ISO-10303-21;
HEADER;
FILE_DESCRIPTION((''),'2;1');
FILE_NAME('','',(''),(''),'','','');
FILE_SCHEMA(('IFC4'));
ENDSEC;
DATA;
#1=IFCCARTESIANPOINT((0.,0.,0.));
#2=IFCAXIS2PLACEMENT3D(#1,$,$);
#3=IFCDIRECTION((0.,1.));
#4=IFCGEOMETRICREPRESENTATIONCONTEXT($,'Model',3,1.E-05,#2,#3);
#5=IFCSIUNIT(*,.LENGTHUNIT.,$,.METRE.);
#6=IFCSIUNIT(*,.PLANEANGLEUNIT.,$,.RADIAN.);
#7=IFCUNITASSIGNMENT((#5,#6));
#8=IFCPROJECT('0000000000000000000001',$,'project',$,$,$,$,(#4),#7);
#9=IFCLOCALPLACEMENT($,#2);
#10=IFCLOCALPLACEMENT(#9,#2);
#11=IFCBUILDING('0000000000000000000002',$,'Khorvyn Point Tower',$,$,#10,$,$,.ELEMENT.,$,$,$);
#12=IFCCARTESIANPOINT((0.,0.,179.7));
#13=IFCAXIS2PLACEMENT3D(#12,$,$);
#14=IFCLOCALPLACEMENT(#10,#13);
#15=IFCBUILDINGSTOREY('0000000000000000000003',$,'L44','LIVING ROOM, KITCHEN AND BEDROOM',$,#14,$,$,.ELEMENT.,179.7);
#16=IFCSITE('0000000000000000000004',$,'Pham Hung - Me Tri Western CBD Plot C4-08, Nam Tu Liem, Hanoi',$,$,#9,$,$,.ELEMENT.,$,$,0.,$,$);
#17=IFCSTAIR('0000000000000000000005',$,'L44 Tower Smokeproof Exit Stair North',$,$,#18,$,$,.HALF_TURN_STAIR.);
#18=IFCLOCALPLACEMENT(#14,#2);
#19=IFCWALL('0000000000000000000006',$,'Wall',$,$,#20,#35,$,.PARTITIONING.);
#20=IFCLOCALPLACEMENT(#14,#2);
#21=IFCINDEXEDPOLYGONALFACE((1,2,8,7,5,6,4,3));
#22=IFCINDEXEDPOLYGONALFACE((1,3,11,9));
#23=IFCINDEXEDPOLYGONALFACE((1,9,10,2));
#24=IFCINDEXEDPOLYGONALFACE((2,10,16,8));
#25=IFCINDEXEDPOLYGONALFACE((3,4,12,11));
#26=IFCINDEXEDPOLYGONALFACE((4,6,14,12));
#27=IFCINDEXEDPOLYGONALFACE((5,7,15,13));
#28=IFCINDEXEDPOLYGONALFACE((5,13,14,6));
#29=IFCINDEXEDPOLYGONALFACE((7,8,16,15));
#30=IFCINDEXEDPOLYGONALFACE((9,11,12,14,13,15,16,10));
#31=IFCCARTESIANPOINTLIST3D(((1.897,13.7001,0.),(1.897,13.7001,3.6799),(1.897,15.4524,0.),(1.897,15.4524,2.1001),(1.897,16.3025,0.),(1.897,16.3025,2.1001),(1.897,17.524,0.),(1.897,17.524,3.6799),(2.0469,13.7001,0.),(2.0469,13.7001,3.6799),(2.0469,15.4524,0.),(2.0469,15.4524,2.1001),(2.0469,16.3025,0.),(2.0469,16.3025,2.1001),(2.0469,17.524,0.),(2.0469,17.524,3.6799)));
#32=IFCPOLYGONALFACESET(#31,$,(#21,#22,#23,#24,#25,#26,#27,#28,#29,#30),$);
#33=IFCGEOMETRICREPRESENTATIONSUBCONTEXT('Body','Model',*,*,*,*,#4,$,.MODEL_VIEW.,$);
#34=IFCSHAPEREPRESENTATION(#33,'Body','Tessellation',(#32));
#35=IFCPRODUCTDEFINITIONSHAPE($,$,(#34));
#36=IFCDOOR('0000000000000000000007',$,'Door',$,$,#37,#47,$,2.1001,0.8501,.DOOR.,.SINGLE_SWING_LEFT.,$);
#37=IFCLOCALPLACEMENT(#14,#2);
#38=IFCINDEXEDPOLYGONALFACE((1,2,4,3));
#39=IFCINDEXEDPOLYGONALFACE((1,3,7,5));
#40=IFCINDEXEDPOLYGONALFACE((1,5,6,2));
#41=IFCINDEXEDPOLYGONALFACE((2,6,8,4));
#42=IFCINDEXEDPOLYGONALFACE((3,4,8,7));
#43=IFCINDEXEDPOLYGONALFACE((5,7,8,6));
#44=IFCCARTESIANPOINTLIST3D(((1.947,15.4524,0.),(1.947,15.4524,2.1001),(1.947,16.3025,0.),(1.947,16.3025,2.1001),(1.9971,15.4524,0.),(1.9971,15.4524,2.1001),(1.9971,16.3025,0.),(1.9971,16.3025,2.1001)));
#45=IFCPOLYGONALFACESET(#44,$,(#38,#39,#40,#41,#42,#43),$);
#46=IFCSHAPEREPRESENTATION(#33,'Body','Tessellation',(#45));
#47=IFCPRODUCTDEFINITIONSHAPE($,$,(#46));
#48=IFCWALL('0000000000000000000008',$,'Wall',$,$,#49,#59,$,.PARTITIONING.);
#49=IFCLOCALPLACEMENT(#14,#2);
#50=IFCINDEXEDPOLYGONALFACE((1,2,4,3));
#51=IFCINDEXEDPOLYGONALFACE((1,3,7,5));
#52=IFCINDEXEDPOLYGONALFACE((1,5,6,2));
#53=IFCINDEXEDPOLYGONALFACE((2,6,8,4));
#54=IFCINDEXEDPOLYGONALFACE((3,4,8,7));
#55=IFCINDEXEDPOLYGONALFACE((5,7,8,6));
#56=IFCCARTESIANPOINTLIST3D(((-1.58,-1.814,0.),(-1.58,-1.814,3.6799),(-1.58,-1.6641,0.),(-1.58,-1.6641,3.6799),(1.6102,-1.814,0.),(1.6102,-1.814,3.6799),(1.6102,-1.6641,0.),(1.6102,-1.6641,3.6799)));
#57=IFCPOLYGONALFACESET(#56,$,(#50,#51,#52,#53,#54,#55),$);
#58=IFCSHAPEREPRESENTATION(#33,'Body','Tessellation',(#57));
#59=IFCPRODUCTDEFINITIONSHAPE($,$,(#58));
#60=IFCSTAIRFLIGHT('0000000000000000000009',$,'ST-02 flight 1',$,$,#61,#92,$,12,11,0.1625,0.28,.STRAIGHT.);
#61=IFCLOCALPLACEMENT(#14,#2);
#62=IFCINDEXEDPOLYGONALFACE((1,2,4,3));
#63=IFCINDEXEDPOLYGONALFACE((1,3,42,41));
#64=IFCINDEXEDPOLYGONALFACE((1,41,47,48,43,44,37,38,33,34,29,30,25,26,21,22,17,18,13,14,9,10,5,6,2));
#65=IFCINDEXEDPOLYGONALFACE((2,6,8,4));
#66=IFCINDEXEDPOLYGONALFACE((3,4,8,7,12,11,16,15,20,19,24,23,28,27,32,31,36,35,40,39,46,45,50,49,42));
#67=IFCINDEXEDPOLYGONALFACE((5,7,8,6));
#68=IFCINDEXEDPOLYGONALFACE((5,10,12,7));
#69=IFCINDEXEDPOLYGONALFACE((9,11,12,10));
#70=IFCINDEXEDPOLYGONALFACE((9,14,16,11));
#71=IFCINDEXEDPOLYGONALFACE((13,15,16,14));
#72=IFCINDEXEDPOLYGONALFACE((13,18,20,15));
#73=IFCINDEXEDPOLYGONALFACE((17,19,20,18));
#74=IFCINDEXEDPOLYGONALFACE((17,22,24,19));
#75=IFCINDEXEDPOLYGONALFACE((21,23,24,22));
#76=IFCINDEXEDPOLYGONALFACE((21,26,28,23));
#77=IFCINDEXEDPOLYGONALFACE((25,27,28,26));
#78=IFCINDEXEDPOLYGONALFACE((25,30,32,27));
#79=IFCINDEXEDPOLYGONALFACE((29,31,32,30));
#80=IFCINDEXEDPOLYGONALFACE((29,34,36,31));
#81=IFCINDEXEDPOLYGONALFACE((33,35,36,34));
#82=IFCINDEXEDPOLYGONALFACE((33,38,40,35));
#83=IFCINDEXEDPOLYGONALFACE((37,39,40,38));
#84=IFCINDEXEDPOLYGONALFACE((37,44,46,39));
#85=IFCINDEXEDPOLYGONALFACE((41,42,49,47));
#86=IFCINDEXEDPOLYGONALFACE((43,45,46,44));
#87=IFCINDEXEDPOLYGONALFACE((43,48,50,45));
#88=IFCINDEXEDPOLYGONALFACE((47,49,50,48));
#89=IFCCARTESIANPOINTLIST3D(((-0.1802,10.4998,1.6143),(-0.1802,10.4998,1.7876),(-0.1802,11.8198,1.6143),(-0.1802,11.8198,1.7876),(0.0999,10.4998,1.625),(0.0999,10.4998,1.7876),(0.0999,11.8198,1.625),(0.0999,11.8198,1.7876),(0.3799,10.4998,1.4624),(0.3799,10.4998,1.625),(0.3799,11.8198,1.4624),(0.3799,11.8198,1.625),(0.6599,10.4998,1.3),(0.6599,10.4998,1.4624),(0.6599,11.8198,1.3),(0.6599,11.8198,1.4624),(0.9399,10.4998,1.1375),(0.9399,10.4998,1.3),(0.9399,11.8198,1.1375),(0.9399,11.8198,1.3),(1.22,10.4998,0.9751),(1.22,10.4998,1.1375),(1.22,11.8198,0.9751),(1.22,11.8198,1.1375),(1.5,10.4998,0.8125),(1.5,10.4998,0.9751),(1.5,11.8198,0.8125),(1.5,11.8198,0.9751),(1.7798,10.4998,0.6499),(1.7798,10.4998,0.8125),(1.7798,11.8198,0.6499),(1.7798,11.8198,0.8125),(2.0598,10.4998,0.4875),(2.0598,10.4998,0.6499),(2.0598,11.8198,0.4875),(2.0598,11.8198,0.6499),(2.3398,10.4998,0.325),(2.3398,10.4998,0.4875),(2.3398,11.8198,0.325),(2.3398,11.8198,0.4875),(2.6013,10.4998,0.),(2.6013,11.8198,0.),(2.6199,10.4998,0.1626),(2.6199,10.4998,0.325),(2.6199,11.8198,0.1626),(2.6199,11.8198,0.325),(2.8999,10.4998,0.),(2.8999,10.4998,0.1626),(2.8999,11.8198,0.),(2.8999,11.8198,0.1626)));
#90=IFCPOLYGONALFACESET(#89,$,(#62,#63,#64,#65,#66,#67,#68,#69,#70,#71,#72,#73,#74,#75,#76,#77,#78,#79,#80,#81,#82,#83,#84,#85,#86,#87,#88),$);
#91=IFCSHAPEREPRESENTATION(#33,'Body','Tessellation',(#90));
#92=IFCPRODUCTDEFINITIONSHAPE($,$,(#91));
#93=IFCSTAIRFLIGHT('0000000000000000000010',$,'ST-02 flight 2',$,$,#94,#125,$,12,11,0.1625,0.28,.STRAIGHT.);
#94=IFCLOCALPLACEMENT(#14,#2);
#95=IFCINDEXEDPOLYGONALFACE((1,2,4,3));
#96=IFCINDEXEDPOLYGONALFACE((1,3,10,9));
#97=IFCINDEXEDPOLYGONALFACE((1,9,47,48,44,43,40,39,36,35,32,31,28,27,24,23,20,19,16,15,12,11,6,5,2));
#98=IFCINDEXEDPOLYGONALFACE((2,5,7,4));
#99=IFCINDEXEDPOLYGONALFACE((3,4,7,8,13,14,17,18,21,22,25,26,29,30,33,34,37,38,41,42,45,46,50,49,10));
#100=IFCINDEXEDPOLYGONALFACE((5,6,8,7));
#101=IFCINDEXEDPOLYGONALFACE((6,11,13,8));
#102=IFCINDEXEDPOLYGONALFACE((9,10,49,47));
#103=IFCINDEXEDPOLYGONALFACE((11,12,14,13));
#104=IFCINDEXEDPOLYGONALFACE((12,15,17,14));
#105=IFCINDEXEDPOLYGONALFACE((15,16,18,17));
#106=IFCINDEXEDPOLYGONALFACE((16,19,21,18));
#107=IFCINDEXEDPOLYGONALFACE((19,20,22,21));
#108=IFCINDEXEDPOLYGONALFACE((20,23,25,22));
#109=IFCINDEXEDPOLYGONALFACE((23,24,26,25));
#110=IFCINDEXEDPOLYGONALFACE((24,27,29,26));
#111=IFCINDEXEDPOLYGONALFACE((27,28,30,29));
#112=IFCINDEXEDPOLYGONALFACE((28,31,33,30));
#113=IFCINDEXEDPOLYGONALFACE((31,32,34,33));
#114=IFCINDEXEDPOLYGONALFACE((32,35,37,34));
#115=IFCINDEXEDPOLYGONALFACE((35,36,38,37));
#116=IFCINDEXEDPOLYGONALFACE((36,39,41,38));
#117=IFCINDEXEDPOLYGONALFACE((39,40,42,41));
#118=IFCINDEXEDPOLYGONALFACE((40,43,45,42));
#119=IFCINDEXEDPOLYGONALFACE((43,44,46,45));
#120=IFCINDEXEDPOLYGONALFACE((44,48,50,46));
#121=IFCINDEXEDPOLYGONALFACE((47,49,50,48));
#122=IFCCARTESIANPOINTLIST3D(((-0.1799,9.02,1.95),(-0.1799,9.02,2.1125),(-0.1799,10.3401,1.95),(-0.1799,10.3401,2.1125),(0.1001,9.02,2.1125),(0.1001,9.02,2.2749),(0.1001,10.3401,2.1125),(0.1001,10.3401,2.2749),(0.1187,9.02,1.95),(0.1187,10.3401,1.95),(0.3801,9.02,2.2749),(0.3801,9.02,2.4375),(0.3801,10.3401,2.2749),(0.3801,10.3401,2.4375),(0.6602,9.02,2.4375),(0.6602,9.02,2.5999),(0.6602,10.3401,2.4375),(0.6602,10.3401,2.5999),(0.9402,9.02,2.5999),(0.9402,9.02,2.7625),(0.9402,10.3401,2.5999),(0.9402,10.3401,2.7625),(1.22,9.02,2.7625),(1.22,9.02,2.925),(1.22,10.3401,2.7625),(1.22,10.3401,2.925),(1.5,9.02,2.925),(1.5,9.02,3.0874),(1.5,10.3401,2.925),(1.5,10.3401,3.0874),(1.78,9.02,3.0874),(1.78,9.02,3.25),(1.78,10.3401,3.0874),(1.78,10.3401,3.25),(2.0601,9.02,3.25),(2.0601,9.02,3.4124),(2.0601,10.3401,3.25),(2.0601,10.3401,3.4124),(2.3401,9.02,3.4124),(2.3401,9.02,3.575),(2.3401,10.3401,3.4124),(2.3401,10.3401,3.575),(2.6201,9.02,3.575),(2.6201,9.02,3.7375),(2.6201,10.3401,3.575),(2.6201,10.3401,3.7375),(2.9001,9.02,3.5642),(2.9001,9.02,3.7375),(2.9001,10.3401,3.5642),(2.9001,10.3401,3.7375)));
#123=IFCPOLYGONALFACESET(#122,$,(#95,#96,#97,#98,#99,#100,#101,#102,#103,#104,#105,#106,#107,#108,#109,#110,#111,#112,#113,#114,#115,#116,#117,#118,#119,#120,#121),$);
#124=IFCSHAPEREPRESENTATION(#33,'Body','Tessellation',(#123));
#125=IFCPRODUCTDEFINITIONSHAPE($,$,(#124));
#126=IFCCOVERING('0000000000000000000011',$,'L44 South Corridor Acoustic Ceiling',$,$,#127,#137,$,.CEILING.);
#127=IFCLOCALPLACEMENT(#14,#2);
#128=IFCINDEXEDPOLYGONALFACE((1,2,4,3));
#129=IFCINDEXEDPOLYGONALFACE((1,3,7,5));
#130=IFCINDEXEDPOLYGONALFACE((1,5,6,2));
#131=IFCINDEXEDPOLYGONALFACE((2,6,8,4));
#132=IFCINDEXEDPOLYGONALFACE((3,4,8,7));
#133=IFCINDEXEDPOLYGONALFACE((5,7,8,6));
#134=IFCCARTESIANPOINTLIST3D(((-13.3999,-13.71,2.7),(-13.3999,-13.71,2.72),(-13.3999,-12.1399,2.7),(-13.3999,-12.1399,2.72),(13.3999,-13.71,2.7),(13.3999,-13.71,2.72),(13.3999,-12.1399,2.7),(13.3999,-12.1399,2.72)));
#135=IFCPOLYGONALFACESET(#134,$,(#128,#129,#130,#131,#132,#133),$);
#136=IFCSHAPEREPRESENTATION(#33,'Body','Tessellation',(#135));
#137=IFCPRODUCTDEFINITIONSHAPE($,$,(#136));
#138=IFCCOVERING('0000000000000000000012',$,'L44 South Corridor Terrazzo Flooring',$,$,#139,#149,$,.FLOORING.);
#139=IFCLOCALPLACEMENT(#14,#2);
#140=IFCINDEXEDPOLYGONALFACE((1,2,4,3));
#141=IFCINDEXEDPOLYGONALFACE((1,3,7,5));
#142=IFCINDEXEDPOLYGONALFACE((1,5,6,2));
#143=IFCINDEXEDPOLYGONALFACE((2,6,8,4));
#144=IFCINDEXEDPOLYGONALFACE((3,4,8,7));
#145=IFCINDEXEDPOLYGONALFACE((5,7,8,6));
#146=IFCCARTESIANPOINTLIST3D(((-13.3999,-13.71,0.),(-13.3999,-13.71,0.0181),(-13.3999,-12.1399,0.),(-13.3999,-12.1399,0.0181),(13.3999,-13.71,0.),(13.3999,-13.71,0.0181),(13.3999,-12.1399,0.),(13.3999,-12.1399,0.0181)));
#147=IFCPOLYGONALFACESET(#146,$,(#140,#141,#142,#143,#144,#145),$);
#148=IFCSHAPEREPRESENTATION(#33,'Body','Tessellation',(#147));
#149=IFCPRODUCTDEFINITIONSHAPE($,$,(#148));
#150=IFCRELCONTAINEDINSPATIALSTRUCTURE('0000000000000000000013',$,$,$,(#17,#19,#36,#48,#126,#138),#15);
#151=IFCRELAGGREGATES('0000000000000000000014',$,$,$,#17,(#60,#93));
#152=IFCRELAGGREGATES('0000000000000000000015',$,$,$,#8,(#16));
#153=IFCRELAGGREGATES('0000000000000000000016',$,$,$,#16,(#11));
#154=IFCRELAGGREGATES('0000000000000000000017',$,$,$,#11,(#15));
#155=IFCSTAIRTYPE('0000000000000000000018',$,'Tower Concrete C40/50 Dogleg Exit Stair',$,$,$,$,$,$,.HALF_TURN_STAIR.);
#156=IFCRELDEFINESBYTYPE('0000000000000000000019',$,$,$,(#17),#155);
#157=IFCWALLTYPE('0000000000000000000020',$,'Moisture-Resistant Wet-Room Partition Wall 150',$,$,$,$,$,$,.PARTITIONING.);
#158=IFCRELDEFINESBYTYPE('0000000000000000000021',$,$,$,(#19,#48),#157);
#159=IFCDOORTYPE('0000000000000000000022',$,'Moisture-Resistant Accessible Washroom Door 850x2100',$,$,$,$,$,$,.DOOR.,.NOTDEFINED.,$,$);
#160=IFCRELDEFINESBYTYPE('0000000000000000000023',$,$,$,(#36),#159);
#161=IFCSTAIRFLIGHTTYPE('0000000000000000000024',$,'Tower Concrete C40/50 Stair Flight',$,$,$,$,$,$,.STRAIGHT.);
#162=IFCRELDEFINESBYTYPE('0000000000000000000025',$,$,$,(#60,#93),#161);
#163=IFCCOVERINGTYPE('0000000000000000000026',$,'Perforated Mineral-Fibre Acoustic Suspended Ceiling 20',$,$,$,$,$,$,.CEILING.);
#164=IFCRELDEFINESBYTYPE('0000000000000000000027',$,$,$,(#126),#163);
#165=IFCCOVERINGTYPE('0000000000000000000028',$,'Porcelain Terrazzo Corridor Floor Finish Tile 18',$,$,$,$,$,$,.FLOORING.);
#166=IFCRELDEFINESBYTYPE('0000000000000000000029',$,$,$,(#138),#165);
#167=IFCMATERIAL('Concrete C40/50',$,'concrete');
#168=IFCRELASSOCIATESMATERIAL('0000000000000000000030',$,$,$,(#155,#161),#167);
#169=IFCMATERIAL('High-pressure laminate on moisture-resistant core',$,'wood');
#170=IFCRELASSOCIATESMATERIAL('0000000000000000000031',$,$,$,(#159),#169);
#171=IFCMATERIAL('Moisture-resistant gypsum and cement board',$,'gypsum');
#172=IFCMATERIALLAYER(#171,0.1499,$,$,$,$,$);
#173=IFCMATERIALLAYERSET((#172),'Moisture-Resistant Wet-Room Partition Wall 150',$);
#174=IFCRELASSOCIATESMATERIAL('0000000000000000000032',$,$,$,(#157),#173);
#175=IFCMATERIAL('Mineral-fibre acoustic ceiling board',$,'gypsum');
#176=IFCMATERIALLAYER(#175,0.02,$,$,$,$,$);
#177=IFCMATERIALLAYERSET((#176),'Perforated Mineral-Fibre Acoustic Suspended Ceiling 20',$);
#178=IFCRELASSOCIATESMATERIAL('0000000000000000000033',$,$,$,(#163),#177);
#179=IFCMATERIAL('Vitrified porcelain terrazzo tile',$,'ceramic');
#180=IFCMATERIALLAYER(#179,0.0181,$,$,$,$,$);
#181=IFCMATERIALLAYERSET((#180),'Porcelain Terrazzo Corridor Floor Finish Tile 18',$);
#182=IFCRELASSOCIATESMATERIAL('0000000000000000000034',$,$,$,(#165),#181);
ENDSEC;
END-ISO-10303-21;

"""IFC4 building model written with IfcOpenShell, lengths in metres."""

from ifc_helpers import new_model, si_unit, direction, frame, frame_2d, origin, place, context, subcontext, project, spatial, polyline, rectangle, outline, extrude, material, layer, layer_set, type_object, element, fill, aggregate, save


model = new_model("IFC4")

# Units and contexts
model_context = context("Model", 3, precision=1e-05, world=origin(), true_north=direction((0.0, 1.0)))
body_context = subcontext(model_context, "Body", "Model", "MODEL_VIEW")
ifc_project = project(units=[si_unit("LENGTHUNIT", "METRE"), si_unit("PLANEANGLEUNIT", "RADIAN")], contexts=[model_context])

# Site, building, storey
site_placement = place(None, origin())
site = spatial("IfcSite", under=ifc_project, at=site_placement, Name="Pham Hung - Me Tri Western CBD Plot C4-08, Nam Tu Liem, Hanoi", CompositionType="ELEMENT", RefElevation=0.0)
building_placement = place(site_placement, origin())
building = spatial("IfcBuilding", under=site, at=building_placement, Name="Khorvyn Point Tower", CompositionType="ELEMENT")
storey_placement = place(building_placement, frame((0.0, 0.0, 179.7)))
storey = spatial("IfcBuildingStorey", under=building, at=storey_placement, Name="L44", Description="LIVING ROOM, KITCHEN AND BEDROOM", CompositionType="ELEMENT", Elevation=179.7)

# Shared definitions
ifc_material_1 = material(Name="Concrete C40/50", Category="concrete")

# Stair
stair_type = type_object("IfcStairType", Name="Tower Concrete C40/50 Dogleg Exit Stair", PredefinedType="HALF_TURN_STAIR", material=ifc_material_1)
stair_1_placement = place(storey_placement, origin())
stair_1 = element("IfcStair", 1, at=stair_1_placement, inside=storey, type_object=stair_type, Name="L44 Tower Smokeproof Exit Stair North", PredefinedType="HALF_TURN_STAIR")

# Shared definitions
ifc_material_2 = material(Name="High-pressure laminate on moisture-resistant core", Category="wood")
door_type_1 = type_object("IfcDoorType", Name="Moisture-Resistant Accessible Washroom Door 850x2100", OperationType="NOTDEFINED", PredefinedType="DOOR", material=ifc_material_2)

# Wall, opening, door
ifc_material_3 = material(Name="Moisture-resistant gypsum and cement board", Category="gypsum")
ifc_layer_1 = layer(ifc_material_3, 0.1499)
ifc_layer_set_1 = layer_set([ifc_layer_1], Name="Moisture-Resistant Wet-Room Partition Wall 150")
wall_type_1 = type_object("IfcWallType", Name="Moisture-Resistant Wet-Room Partition Wall 150", PredefinedType="PARTITIONING", material=ifc_layer_set_1)
wall_1_placement = place(storey_placement, frame((1.9719, 13.7, 0.0), z_axis=(0.0, 0.0, 1.0), x_axis=(0.0, 1.0, 0.0)))
wall_1 = element("IfcWall", 2, at=wall_1_placement, inside=storey, type_object=wall_type_1, Name="Wall", PredefinedType="PARTITIONING", context=body_context, shape_type="SweptSolid", body=[
    extrude(rectangle(XDim=3.824, YDim=0.1499, at=frame_2d((1.9121, 0.0))), origin(), (0.0, 0.0, 1.0), 3.6799),
])
opening_1_placement = place(wall_1_placement, frame((1.7524, 0.0, 0.0)))
opening_1 = element("IfcOpeningElement", 3, at=opening_1_placement, cuts=wall_1, PredefinedType="OPENING", context=body_context, shape_type="SweptSolid", body=[
    extrude(rectangle(XDim=0.8501, YDim=2.1001, at=frame_2d((0.425, 1.05))), frame((0.0, 0.085, 0.0), z_axis=(0.0, -1.0, 0.0), x_axis=(1.0, 0.0, 0.0)), (0.0, 0.0, 1.0), 0.1699),
])
door_1_placement = place(opening_1_placement, origin())
door_1 = element("IfcDoor", 4, at=door_1_placement, inside=storey, type_object=door_type_1, Name="Door", OperationType="SINGLE_SWING_LEFT", OverallHeight=2.1001, OverallWidth=0.8501, PredefinedType="DOOR", context=body_context, shape_type="SweptSolid", body=[
    extrude(rectangle(XDim=0.8501, YDim=2.1001, at=frame_2d((0.425, 1.05))), frame((0.0, 0.0249, 0.0), z_axis=(0.0, -1.0, 0.0), x_axis=(1.0, 0.0, 0.0)), (0.0, 0.0, 1.0), 0.05),
])
fill(opening_1, door_1)

# Wall
wall_2_placement = place(storey_placement, frame((-1.5801, -1.739, 0.0), z_axis=(0.0, 0.0, 1.0), x_axis=(1.0, 0.0, 0.0)))
element("IfcWall", 5, at=wall_2_placement, inside=storey, type_object=wall_type_1, Name="Wall", PredefinedType="PARTITIONING", context=body_context, shape_type="SweptSolid", body=[
    extrude(rectangle(XDim=3.1902, YDim=0.1499, at=frame_2d((1.5952, 0.0))), origin(), (0.0, 0.0, 1.0), 3.6799),
])

# Stair flights
stair_flight_type = type_object("IfcStairFlightType", Name="Tower Concrete C40/50 Stair Flight", PredefinedType="STRAIGHT", material=ifc_material_1)
stair_flight_1_placement = place(storey_placement, frame((2.8999, 11.1599, 0.0), z_axis=(0.0, 0.0, 1.0), x_axis=(-1.0, 0.0, 0.0)))
stair_flight_1 = element("IfcStairFlight", 6, at=stair_flight_1_placement, type_object=stair_flight_type, Name="ST-02 flight 1", NumberOfRisers=12, NumberOfTreads=11, PredefinedType="STRAIGHT", RiserHeight=0.1625, TreadLength=0.28, context=body_context, shape_type="SweptSolid", body=[
    extrude(outline(polyline([(0.0, 0.0), (0.0, 0.1626), (0.28, 0.1626), (0.28, 0.325), (0.5601, 0.325), (0.5601, 0.4875), (0.8401, 0.4875), (0.8401, 0.6499), (1.1201, 0.6499), (1.1201, 0.8125), (1.3999, 0.8125), (1.3999, 0.9751), (1.6799, 0.9751), (1.6799, 1.1375), (1.96, 1.1375), (1.96, 1.3), (2.24, 1.3), (2.24, 1.4624), (2.52, 1.4624), (2.52, 1.625), (2.8, 1.625), (2.8, 1.7876), (3.0801, 1.7876), (3.0801, 1.95), (3.0801, 1.6143), (0.2986, 0.0), (0.0, 0.0)])), frame((0.0, 0.6602, 0.0), z_axis=(0.0, -1.0, 0.0), x_axis=(1.0, 0.0, 0.0)), (0.0, 0.0, 1.0), 1.3201),
])
stair_flight_2_placement = place(storey_placement, frame((-0.1799, 9.6799, 1.95), z_axis=(0.0, 0.0, 1.0), x_axis=(1.0, 0.0, 0.0)))
stair_flight_2 = element("IfcStairFlight", 7, at=stair_flight_2_placement, type_object=stair_flight_type, Name="ST-02 flight 2", NumberOfRisers=12, NumberOfTreads=11, PredefinedType="STRAIGHT", RiserHeight=0.1625, TreadLength=0.28, context=body_context, shape_type="SweptSolid", body=[
    extrude(outline(polyline([(0.0, 0.0), (0.0, 0.1626), (0.28, 0.1626), (0.28, 0.325), (0.5601, 0.325), (0.5601, 0.4875), (0.8401, 0.4875), (0.8401, 0.6499), (1.1201, 0.6499), (1.1201, 0.8125), (1.3999, 0.8125), (1.3999, 0.9751), (1.6799, 0.9751), (1.6799, 1.1375), (1.96, 1.1375), (1.96, 1.3), (2.24, 1.3), (2.24, 1.4624), (2.52, 1.4624), (2.52, 1.625), (2.8, 1.625), (2.8, 1.7876), (3.0801, 1.7876), (3.0801, 1.95), (3.0801, 1.6143), (0.2986, 0.0), (0.0, 0.0)])), frame((0.0, 0.6602, 0.0), z_axis=(0.0, -1.0, 0.0), x_axis=(1.0, 0.0, 0.0)), (0.0, 0.0, 1.0), 1.3201),
])
aggregate(stair_1, [stair_flight_1, stair_flight_2])

# Coverings
ifc_material_4 = material(Name="Mineral-fibre acoustic ceiling board", Category="gypsum")
ifc_layer_2 = layer(ifc_material_4, 0.02)
ifc_layer_set_2 = layer_set([ifc_layer_2], Name="Perforated Mineral-Fibre Acoustic Suspended Ceiling 20")
covering_type_1 = type_object("IfcCoveringType", Name="Perforated Mineral-Fibre Acoustic Suspended Ceiling 20", PredefinedType="CEILING", material=ifc_layer_set_2)
covering_1_placement = place(storey_placement, frame((0.0, 0.0, 2.7)))
element("IfcCovering", 8, at=covering_1_placement, inside=storey, type_object=covering_type_1, Name="L44 South Corridor Acoustic Ceiling", PredefinedType="CEILING", context=body_context, shape_type="SweptSolid", body=[
    extrude(outline(polyline([(-13.3999, -13.71), (13.3999, -13.71), (13.3999, -12.1399), (-13.3999, -12.1399), (-13.3999, -13.71)])), origin(), (0.0, 0.0, 1.0), 0.02),
])
ifc_material_5 = material(Name="Vitrified porcelain terrazzo tile", Category="ceramic")
ifc_layer_3 = layer(ifc_material_5, 0.0181)
ifc_layer_set_3 = layer_set([ifc_layer_3], Name="Porcelain Terrazzo Corridor Floor Finish Tile 18")
covering_type_2 = type_object("IfcCoveringType", Name="Porcelain Terrazzo Corridor Floor Finish Tile 18", PredefinedType="FLOORING", material=ifc_layer_set_3)
covering_2_placement = place(storey_placement, origin())
element("IfcCovering", 9, at=covering_2_placement, inside=storey, type_object=covering_type_2, Name="L44 South Corridor Terrazzo Flooring", PredefinedType="FLOORING", context=body_context, shape_type="SweptSolid", body=[
    extrude(outline(polyline([(-13.3999, -13.71), (13.3999, -13.71), (13.3999, -12.1399), (-13.3999, -12.1399), (-13.3999, -13.71)])), origin(), (0.0, 0.0, 1.0), 0.0181),
])

save(model, "model.ifc")
